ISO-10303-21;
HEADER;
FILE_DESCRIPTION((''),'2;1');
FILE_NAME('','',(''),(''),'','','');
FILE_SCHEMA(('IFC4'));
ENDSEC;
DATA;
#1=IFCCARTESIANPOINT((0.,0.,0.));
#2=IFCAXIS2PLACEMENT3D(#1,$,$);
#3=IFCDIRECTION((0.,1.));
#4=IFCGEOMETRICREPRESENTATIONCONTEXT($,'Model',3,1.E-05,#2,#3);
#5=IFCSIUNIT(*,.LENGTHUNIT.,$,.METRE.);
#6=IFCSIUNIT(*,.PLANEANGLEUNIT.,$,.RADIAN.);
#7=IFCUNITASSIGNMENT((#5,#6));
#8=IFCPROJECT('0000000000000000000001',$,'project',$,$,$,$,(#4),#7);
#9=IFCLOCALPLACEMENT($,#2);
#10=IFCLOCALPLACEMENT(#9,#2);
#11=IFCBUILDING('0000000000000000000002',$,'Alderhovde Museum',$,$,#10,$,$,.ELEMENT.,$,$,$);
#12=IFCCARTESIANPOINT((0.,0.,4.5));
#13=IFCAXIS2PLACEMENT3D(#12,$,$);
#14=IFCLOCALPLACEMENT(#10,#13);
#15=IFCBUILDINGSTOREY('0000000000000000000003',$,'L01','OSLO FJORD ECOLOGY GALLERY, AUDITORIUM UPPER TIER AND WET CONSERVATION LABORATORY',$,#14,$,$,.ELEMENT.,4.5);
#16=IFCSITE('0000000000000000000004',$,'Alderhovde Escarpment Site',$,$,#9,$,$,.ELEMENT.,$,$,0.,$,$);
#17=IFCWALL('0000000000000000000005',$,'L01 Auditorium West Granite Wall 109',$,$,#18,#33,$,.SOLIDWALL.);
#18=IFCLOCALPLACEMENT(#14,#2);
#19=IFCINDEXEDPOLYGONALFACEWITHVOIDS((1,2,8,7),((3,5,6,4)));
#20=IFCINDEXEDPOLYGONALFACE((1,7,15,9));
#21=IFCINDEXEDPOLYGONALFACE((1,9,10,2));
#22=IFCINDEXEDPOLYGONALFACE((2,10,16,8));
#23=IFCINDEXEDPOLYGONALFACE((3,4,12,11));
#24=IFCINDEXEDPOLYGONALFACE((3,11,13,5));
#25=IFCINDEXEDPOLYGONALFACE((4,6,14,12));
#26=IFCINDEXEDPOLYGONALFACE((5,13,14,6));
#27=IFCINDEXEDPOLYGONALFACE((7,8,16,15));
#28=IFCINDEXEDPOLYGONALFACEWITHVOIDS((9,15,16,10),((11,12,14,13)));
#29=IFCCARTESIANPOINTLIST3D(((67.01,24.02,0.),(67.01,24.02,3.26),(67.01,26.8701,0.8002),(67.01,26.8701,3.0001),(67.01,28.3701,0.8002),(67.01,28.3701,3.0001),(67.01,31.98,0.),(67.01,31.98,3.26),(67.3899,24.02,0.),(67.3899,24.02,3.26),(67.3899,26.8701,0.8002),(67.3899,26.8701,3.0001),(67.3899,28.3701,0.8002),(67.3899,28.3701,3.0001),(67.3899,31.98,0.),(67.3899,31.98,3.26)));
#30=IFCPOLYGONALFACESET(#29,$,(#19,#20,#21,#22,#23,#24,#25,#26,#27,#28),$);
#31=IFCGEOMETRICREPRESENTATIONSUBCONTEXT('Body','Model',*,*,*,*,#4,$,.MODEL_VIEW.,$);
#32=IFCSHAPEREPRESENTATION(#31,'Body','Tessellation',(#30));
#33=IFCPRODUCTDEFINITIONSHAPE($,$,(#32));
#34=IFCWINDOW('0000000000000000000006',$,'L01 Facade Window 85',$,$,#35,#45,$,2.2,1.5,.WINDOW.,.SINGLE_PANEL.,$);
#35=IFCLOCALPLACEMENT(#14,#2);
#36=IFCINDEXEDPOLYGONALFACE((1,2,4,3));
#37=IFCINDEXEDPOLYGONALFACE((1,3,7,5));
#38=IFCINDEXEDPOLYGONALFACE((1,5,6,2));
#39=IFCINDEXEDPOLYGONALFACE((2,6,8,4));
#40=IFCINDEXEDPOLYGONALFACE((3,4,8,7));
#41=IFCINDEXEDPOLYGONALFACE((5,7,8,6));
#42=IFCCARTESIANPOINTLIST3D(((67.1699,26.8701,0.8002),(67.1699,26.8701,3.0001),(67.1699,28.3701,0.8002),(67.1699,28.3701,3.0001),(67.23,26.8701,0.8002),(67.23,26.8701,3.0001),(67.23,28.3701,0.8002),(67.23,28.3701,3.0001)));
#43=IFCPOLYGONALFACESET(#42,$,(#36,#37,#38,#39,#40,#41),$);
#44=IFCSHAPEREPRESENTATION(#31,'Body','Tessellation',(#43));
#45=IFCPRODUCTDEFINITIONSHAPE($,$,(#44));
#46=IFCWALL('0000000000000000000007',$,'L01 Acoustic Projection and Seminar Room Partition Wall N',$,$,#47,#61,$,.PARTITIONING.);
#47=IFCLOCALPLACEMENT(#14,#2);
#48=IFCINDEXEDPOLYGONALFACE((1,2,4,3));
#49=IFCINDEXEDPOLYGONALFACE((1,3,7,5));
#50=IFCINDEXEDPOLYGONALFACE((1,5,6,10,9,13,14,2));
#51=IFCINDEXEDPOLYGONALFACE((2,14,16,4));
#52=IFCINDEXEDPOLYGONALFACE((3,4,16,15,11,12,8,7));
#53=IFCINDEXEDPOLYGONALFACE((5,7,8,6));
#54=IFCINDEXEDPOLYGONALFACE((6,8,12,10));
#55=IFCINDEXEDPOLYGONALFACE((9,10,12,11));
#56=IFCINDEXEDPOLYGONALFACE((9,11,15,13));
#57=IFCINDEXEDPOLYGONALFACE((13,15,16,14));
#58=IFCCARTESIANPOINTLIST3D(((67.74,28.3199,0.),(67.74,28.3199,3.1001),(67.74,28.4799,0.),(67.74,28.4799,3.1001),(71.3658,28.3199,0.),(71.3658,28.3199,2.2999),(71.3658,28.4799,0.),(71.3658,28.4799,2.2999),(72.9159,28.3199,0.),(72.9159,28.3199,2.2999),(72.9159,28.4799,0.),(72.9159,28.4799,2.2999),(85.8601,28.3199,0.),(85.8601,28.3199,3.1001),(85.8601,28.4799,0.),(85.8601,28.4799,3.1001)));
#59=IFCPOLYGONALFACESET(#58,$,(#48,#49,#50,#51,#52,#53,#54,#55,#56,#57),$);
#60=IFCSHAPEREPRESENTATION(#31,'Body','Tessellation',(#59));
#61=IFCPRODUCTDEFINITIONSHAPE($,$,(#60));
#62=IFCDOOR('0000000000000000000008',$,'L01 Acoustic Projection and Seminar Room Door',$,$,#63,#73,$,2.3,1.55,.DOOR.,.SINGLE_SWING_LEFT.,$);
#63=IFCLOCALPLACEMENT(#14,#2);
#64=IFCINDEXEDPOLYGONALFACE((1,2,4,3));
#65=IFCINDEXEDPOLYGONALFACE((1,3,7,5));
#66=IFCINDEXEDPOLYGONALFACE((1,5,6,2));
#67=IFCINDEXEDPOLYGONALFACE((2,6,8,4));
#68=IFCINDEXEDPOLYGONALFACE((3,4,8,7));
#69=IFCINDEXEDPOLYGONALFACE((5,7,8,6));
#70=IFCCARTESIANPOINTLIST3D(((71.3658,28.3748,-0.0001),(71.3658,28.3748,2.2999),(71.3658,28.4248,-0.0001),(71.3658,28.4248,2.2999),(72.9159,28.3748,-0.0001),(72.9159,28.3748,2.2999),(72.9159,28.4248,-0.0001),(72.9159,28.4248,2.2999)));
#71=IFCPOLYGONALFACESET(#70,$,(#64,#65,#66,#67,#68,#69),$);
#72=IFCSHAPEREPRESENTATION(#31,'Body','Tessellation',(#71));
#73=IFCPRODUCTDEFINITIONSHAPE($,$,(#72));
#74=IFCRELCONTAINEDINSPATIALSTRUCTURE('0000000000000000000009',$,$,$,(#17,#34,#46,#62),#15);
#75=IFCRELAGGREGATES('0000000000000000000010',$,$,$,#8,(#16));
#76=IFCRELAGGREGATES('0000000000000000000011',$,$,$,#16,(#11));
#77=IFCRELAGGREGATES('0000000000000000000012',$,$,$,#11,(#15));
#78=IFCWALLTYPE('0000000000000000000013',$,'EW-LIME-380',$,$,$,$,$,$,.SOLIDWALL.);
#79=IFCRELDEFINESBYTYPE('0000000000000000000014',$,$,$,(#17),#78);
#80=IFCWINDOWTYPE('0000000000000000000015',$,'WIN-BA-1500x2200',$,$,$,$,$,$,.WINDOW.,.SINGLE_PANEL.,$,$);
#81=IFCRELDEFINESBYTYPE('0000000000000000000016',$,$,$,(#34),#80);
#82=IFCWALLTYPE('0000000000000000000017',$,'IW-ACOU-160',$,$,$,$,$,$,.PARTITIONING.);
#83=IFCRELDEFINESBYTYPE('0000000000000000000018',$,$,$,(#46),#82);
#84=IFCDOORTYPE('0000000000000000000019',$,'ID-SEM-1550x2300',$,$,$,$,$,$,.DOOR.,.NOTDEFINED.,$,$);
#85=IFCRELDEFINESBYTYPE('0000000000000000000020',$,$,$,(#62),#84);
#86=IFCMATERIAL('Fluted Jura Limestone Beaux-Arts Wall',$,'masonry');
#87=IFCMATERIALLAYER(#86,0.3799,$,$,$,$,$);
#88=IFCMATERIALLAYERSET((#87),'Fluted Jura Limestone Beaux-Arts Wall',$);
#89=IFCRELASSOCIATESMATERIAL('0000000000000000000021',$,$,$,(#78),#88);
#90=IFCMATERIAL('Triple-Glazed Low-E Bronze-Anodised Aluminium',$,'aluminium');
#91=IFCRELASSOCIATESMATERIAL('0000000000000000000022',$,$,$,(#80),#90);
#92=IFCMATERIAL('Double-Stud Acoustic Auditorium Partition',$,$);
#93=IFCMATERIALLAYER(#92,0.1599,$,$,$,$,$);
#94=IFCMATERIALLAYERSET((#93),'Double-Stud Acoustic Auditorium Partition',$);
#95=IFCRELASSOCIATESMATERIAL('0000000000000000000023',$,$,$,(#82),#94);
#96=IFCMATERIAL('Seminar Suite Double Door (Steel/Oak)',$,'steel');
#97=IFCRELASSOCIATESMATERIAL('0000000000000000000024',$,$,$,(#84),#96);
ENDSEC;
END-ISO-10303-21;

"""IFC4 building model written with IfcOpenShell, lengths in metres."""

from ifc_helpers import new_model, si_unit, direction, frame, frame_2d, origin, place, context, subcontext, project, spatial, rectangle, extrude, material, layer, layer_set, type_object, element, fill, save


model = new_model("IFC4")

# Units and contexts
model_context = context("Model", 3, precision=1e-05, world=origin(), true_north=direction((0.0, 1.0)))
body_context = subcontext(model_context, "Body", "Model", "MODEL_VIEW")
ifc_project = project(units=[si_unit("LENGTHUNIT", "METRE"), si_unit("PLANEANGLEUNIT", "RADIAN")], contexts=[model_context])

# Site, building, storey
site_placement = place(None, origin())
site = spatial("IfcSite", under=ifc_project, at=site_placement, Name="Alderhovde Escarpment Site", CompositionType="ELEMENT", RefElevation=0.0)
building_placement = place(site_placement, origin())
building = spatial("IfcBuilding", under=site, at=building_placement, Name="Alderhovde Museum", CompositionType="ELEMENT")
storey_placement = place(building_placement, frame((0.0, 0.0, 4.5)))
storey = spatial("IfcBuildingStorey", under=building, at=storey_placement, Name="L01", Description="OSLO FJORD ECOLOGY GALLERY, AUDITORIUM UPPER TIER AND WET CONSERVATION LABORATORY", CompositionType="ELEMENT", Elevation=4.5)

# Wall, opening, window
ifc_material_1 = material(Name="Fluted Jura Limestone Beaux-Arts Wall", Category="masonry")
ifc_layer_1 = layer(ifc_material_1, 0.3799)
ifc_layer_set_1 = layer_set([ifc_layer_1], Name="Fluted Jura Limestone Beaux-Arts Wall")
wall_type_1 = type_object("IfcWallType", Name="EW-LIME-380", PredefinedType="SOLIDWALL", material=ifc_layer_set_1)
ifc_material_2 = material(Name="Triple-Glazed Low-E Bronze-Anodised Aluminium", Category="aluminium")
window_type = type_object("IfcWindowType", Name="WIN-BA-1500x2200", PartitioningType="SINGLE_PANEL", PredefinedType="WINDOW", material=ifc_material_2)
wall_1_placement = place(storey_placement, frame((67.2, 24.02, 0.0), z_axis=(0.0, 0.0, 1.0), x_axis=(0.0, 1.0, 0.0)))
wall_1 = element("IfcWall", 1, at=wall_1_placement, inside=storey, type_object=wall_type_1, Name="L01 Auditorium West Granite Wall 109", PredefinedType="SOLIDWALL", context=body_context, shape_type="SweptSolid", body=[
    extrude(rectangle(XDim=7.96, YDim=0.3799, at=frame_2d((3.98, 0.0))), origin(), (0.0, 0.0, 1.0), 3.26),
])
opening_1_placement = place(wall_1_placement, frame((2.8501, 0.0, 0.8)))
opening_1 = element("IfcOpeningElement", 2, at=opening_1_placement, cuts=wall_1, PredefinedType="OPENING", context=body_context, shape_type="SweptSolid", body=[
    extrude(rectangle(XDim=1.5, YDim=2.2, at=frame_2d((0.75, 1.1001))), frame((0.0, 0.2, 0.0), z_axis=(0.0, -1.0, 0.0), x_axis=(1.0, 0.0, 0.0)), (0.0, 0.0, 1.0), 0.3999),
])
window_1_placement = place(opening_1_placement, origin())
window_1 = element("IfcWindow", 3, at=window_1_placement, inside=storey, type_object=window_type, Name="L01 Facade Window 85", OverallHeight=2.2, OverallWidth=1.5, PartitioningType="SINGLE_PANEL", PredefinedType="WINDOW", context=body_context, shape_type="SweptSolid", body=[
    extrude(rectangle(XDim=1.5, YDim=2.2, at=frame_2d((0.75, 1.1001))), frame((0.0, 0.03, 0.0), z_axis=(0.0, -1.0, 0.0), x_axis=(1.0, 0.0, 0.0)), (0.0, 0.0, 1.0), 0.0601),
])
fill(opening_1, window_1)

# Wall, opening, door
ifc_material_3 = material(Name="Double-Stud Acoustic Auditorium Partition")
ifc_layer_2 = layer(ifc_material_3, 0.1599)
ifc_layer_set_2 = layer_set([ifc_layer_2], Name="Double-Stud Acoustic Auditorium Partition")
wall_type_2 = type_object("IfcWallType", Name="IW-ACOU-160", PredefinedType="PARTITIONING", material=ifc_layer_set_2)
wall_2_placement = place(storey_placement, frame((67.74, 28.3999, 0.0), z_axis=(0.0, 0.0, 1.0), x_axis=(1.0, 0.0, 0.0)))
wall_2 = element("IfcWall", 4, at=wall_2_placement, inside=storey, type_object=wall_type_2, Name="L01 Acoustic Projection and Seminar Room Partition Wall N", PredefinedType="PARTITIONING", context=body_context, shape_type="SweptSolid", body=[
    extrude(rectangle(XDim=18.1201, YDim=0.1599, at=frame_2d((9.0601, 0.0))), origin(), (0.0, 0.0, 1.0), 3.1001),
])
opening_2_placement = place(wall_2_placement, frame((3.626, 0.0, 0.0)))
opening_2 = element("IfcOpeningElement", 5, at=opening_2_placement, cuts=wall_2, PredefinedType="OPENING", context=body_context, shape_type="SweptSolid", body=[
    extrude(rectangle(XDim=1.55, YDim=2.3, at=frame_2d((0.7749, 1.1499))), frame((0.0, 0.0901, 0.0), z_axis=(0.0, -1.0, 0.0), x_axis=(1.0, 0.0, 0.0)), (0.0, 0.0, 1.0), 0.1799),
])
ifc_material_4 = material(Name="Seminar Suite Double Door (Steel/Oak)", Category="steel")
door_type = type_object("IfcDoorType", Name="ID-SEM-1550x2300", OperationType="NOTDEFINED", PredefinedType="DOOR", material=ifc_material_4)
door_placement = place(opening_2_placement, origin())
door = element("IfcDoor", 6, at=door_placement, inside=storey, type_object=door_type, Name="L01 Acoustic Projection and Seminar Room Door", OperationType="SINGLE_SWING_LEFT", OverallHeight=2.3, OverallWidth=1.55, PredefinedType="DOOR", context=body_context, shape_type="SweptSolid", body=[
    extrude(rectangle(XDim=1.55, YDim=2.3, at=frame_2d((0.7749, 1.1499))), frame((0.0, 0.0249, 0.0), z_axis=(0.0, -1.0, 0.0), x_axis=(1.0, 0.0, 0.0)), (0.0, 0.0, 1.0), 0.05),
])
fill(opening_2, door)

save(model, "model.ifc")
